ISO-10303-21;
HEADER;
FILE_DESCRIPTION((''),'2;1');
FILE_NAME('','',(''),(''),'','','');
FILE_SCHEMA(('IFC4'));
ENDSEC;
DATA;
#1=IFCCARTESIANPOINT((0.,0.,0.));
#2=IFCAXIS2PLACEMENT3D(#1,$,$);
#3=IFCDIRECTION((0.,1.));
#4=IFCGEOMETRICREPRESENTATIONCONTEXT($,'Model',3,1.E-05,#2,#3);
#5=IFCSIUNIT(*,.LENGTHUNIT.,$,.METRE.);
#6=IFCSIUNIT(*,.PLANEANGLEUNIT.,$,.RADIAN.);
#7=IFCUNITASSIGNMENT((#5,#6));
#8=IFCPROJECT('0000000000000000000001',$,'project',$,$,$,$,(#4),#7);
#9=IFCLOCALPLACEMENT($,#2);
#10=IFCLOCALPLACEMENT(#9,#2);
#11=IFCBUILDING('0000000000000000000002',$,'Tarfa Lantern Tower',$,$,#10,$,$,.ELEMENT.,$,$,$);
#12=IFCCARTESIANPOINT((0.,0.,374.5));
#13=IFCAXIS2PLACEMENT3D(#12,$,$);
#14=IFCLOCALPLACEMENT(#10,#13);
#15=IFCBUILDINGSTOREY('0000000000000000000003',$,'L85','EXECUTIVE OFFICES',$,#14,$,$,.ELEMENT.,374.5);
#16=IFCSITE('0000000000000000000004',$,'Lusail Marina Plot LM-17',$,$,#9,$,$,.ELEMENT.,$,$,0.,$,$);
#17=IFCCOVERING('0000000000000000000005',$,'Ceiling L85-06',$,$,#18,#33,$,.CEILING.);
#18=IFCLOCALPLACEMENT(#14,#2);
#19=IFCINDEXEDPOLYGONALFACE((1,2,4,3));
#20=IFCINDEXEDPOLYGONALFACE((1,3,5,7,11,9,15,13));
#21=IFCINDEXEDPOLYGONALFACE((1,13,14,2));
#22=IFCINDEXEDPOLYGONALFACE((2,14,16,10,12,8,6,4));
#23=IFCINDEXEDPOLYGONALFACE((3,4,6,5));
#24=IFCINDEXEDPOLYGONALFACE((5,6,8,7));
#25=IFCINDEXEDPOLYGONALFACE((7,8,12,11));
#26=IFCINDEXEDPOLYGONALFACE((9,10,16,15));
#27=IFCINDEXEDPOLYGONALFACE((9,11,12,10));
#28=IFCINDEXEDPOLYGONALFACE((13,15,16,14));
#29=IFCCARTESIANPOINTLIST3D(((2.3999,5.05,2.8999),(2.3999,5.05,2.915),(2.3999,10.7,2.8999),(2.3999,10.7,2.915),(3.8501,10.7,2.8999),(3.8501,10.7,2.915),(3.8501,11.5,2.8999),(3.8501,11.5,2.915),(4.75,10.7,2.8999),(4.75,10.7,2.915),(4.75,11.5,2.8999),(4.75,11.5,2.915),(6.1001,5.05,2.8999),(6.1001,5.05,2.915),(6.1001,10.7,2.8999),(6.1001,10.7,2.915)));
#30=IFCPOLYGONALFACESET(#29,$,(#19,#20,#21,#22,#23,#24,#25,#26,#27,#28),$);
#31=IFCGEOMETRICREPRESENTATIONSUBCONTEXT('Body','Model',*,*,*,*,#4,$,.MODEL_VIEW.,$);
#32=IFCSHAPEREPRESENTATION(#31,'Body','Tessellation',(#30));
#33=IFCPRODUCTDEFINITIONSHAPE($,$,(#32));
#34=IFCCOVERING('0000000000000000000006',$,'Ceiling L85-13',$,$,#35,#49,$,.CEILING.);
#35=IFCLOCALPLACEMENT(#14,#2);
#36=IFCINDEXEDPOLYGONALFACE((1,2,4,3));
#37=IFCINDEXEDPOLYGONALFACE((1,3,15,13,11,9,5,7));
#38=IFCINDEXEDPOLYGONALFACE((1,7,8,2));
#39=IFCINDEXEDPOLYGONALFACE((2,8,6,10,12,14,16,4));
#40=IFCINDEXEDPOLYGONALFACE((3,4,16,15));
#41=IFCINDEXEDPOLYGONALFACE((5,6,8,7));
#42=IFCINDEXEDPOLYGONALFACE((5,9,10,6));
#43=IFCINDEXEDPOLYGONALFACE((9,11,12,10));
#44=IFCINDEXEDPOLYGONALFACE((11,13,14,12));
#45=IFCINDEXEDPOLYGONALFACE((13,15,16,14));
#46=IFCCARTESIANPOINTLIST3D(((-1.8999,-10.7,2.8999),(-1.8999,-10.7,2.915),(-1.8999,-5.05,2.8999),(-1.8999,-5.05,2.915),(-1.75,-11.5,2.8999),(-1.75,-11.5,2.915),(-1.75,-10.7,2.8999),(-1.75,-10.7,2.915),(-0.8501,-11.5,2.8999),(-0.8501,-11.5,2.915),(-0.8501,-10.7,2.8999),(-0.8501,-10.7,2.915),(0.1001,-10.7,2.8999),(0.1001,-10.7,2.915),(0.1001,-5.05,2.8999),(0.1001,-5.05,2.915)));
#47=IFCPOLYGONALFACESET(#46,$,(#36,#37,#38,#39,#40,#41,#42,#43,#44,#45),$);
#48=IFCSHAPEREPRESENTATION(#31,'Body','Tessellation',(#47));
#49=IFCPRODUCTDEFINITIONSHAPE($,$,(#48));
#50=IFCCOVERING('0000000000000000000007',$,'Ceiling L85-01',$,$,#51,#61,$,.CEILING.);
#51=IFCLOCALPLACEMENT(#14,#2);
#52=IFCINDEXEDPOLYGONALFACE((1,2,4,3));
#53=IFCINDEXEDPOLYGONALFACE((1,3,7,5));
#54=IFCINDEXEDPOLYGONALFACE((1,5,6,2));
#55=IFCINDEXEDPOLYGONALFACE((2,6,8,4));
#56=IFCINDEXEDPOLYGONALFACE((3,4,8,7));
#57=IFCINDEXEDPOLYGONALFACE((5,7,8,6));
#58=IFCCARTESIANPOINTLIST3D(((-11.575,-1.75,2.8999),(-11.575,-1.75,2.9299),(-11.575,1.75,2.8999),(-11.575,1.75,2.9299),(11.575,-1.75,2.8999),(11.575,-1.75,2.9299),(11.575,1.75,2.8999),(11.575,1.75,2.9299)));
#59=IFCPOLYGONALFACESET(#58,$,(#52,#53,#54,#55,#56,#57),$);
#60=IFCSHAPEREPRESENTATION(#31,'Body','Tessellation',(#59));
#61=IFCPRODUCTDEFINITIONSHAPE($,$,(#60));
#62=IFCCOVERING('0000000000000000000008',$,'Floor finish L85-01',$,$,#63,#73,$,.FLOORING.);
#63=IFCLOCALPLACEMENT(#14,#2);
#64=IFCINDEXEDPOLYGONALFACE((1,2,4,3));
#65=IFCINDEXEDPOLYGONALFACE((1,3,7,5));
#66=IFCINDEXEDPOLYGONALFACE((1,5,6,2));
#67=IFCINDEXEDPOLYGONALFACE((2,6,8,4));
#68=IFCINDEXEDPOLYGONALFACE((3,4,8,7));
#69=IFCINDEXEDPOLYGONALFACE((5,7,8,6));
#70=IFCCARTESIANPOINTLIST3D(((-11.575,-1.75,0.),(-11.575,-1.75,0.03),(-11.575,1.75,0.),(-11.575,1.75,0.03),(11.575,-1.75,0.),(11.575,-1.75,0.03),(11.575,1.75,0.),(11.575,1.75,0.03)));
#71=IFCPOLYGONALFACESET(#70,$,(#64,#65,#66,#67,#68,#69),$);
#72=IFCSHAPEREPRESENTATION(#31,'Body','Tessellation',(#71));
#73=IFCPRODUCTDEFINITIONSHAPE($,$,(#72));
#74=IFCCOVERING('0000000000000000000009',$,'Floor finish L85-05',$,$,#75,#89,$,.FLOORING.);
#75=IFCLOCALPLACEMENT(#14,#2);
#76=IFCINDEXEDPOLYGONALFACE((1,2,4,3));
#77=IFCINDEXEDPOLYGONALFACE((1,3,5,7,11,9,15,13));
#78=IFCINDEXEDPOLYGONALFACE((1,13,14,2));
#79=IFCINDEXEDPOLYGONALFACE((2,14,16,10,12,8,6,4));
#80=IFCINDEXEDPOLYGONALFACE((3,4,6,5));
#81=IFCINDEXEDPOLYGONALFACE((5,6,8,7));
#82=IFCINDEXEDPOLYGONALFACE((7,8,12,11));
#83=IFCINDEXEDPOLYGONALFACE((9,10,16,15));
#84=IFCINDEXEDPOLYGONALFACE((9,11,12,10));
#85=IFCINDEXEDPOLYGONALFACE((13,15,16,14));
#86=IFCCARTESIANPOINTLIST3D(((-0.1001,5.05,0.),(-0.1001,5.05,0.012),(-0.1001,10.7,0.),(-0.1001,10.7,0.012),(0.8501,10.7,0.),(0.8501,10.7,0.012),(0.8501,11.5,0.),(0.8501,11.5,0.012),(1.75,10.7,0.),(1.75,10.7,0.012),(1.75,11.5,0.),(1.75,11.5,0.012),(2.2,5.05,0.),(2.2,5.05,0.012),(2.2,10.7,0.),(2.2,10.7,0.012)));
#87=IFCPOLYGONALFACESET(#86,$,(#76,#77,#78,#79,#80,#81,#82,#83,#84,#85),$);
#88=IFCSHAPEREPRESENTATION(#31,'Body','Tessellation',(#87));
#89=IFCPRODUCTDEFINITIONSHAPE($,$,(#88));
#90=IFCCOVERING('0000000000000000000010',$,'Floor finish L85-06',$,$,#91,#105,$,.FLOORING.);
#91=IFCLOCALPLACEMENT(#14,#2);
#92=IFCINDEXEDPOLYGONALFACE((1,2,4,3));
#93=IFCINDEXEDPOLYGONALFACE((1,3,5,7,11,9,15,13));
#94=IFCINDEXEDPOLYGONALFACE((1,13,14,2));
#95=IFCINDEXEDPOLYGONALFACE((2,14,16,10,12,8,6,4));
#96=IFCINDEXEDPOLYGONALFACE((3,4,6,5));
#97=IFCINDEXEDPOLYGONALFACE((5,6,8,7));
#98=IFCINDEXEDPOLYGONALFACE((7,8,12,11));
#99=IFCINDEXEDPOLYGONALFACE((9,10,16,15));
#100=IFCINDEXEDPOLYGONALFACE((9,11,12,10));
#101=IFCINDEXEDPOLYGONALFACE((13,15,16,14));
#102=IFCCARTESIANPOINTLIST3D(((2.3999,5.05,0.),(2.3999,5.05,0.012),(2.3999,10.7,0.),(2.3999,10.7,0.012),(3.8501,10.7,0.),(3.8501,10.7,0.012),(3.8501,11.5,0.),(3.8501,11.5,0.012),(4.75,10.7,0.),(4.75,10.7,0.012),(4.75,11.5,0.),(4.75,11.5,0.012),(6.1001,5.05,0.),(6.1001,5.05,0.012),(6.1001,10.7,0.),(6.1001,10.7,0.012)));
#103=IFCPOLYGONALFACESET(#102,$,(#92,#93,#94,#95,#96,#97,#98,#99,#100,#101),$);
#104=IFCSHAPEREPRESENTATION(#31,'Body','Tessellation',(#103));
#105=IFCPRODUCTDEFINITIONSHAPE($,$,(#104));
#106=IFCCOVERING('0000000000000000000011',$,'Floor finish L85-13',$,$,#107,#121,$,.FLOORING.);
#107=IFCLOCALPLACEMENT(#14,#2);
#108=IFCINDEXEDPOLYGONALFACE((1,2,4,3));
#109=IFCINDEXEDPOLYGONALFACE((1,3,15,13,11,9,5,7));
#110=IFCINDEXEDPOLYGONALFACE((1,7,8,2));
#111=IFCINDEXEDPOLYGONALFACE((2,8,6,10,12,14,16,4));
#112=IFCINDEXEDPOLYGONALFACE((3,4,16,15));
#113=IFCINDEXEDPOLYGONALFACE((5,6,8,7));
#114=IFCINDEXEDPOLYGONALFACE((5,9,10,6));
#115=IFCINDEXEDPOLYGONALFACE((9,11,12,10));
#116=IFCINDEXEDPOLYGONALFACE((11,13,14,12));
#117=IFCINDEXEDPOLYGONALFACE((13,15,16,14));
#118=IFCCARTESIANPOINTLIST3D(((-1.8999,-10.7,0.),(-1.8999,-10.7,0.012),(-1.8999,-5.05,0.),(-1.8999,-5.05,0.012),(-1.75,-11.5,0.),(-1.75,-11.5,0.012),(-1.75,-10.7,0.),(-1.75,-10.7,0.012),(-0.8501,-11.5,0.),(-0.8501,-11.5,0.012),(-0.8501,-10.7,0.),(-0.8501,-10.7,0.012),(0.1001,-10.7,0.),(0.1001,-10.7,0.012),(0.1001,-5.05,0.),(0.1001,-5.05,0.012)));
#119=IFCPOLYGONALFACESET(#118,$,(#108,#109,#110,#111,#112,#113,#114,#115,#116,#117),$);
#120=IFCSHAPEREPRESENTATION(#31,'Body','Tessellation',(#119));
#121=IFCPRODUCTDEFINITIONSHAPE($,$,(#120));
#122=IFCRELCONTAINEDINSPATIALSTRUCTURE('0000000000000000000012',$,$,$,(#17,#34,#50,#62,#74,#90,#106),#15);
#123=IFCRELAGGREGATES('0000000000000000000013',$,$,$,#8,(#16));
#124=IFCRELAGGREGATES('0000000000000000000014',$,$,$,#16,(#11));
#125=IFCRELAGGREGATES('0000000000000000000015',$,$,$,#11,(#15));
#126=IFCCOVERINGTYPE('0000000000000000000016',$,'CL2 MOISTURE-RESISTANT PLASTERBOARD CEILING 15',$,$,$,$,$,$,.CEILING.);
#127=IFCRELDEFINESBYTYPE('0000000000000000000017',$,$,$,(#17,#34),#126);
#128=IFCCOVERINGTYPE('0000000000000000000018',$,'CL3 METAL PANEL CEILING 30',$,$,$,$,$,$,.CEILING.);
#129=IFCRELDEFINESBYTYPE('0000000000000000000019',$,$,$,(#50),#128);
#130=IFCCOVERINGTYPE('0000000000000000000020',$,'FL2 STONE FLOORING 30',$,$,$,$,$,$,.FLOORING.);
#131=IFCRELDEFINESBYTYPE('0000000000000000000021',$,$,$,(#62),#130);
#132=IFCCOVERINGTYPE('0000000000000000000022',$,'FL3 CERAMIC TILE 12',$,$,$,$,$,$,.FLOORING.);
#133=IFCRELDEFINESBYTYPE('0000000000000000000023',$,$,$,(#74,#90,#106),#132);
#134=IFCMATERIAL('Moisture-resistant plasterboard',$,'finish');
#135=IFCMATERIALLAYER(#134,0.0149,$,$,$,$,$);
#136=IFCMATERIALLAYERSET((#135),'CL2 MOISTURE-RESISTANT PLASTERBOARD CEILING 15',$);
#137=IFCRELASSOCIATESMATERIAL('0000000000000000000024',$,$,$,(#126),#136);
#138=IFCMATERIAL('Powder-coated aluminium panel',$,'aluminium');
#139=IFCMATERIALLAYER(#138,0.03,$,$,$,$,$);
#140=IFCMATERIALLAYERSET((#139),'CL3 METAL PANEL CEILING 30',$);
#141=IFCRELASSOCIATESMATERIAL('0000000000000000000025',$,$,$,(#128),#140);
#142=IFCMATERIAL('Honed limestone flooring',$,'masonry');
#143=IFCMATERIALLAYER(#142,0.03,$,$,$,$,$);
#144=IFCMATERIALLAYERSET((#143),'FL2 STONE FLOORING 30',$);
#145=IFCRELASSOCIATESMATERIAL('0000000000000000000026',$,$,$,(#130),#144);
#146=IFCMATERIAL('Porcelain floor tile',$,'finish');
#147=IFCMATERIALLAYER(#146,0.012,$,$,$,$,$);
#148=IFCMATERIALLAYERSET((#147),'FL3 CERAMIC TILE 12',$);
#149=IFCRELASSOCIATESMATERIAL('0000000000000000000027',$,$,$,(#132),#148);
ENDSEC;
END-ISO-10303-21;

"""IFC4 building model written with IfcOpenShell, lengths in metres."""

from ifc_helpers import new_model, si_unit, direction, frame, origin, place, context, subcontext, project, spatial, polyline, outline, extrude, material, layer, layer_set, type_object, element, save


model = new_model("IFC4")

# Units and contexts
model_context = context("Model", 3, precision=1e-05, world=origin(), true_north=direction((0.0, 1.0)))
body_context = subcontext(model_context, "Body", "Model", "MODEL_VIEW")
ifc_project = project(units=[si_unit("LENGTHUNIT", "METRE"), si_unit("PLANEANGLEUNIT", "RADIAN")], contexts=[model_context])

# Site, building, storey
site_placement = place(None, origin())
site = spatial("IfcSite", under=ifc_project, at=site_placement, Name="Lusail Marina Plot LM-17", CompositionType="ELEMENT", RefElevation=0.0)
building_placement = place(site_placement, origin())
building = spatial("IfcBuilding", under=site, at=building_placement, Name="Tarfa Lantern Tower", CompositionType="ELEMENT")
storey_placement = place(building_placement, frame((0.0, 0.0, 374.5)))
storey = spatial("IfcBuildingStorey", under=building, at=storey_placement, Name="L85", Description="EXECUTIVE OFFICES", CompositionType="ELEMENT", Elevation=374.5)

# Coverings
ifc_material_1 = material(Name="Moisture-resistant plasterboard", Category="finish")
ifc_layer_1 = layer(ifc_material_1, 0.0149)
ifc_layer_set_1 = layer_set([ifc_layer_1], Name="CL2 MOISTURE-RESISTANT PLASTERBOARD CEILING 15")
covering_type_1 = type_object("IfcCoveringType", Name="CL2 MOISTURE-RESISTANT PLASTERBOARD CEILING 15", PredefinedType="CEILING", material=ifc_layer_set_1)
covering_1_placement = place(storey_placement, frame((0.0, 0.0, 2.8999)))
element("IfcCovering", 1, at=covering_1_placement, inside=storey, type_object=covering_type_1, Name="Ceiling L85-06", PredefinedType="CEILING", context=body_context, shape_type="SweptSolid", body=[
    extrude(outline(polyline([(2.3999, 5.05), (6.1001, 5.05), (6.1001, 10.7), (4.75, 10.7), (4.75, 11.5), (3.8501, 11.5), (3.8501, 10.7), (2.3999, 10.7), (2.3999, 5.05)])), origin(), (0.0, 0.0, 1.0), 0.0151),
])
covering_2_placement = place(storey_placement, frame((0.0, 0.0, 2.8999)))
element("IfcCovering", 2, at=covering_2_placement, inside=storey, type_object=covering_type_1, Name="Ceiling L85-13", PredefinedType="CEILING", context=body_context, shape_type="SweptSolid", body=[
    extrude(outline(polyline([(-0.8501, -10.7), (0.1001, -10.7), (0.1001, -5.05), (-1.8999, -5.05), (-1.8999, -10.7), (-1.75, -10.7), (-1.75, -11.5), (-1.75, -11.5), (-0.8501, -11.5), (-0.8501, -10.7)])), origin(), (0.0, 0.0, 1.0), 0.0151),
])
ifc_material_2 = material(Name="Powder-coated aluminium panel", Category="aluminium")
ifc_layer_2 = layer(ifc_material_2, 0.03)
ifc_layer_set_2 = layer_set([ifc_layer_2], Name="CL3 METAL PANEL CEILING 30")
covering_type_2 = type_object("IfcCoveringType", Name="CL3 METAL PANEL CEILING 30", PredefinedType="CEILING", material=ifc_layer_set_2)
covering_3_placement = place(storey_placement, frame((0.0, 0.0, 2.8999)))
element("IfcCovering", 3, at=covering_3_placement, inside=storey, type_object=covering_type_2, Name="Ceiling L85-01", PredefinedType="CEILING", context=body_context, shape_type="SweptSolid", body=[
    extrude(outline(polyline([(-11.575, -1.75), (11.575, -1.75), (11.575, 1.75), (-11.575, 1.75), (-11.575, -1.75)])), origin(), (0.0, 0.0, 1.0), 0.03),
])
ifc_material_3 = material(Name="Honed limestone flooring", Category="masonry")
ifc_layer_3 = layer(ifc_material_3, 0.03)
ifc_layer_set_3 = layer_set([ifc_layer_3], Name="FL2 STONE FLOORING 30")
covering_type_3 = type_object("IfcCoveringType", Name="FL2 STONE FLOORING 30", PredefinedType="FLOORING", material=ifc_layer_set_3)
covering_4_placement = place(storey_placement, origin())
element("IfcCovering", 4, at=covering_4_placement, inside=storey, type_object=covering_type_3, Name="Floor finish L85-01", PredefinedType="FLOORING", context=body_context, shape_type="SweptSolid", body=[
    extrude(outline(polyline([(-11.575, -1.75), (11.575, -1.75), (11.575, 1.75), (-11.575, 1.75), (-11.575, -1.75)])), origin(), (0.0, 0.0, 1.0), 0.03),
])
ifc_material_4 = material(Name="Porcelain floor tile", Category="finish")
ifc_layer_4 = layer(ifc_material_4, 0.012)
ifc_layer_set_4 = layer_set([ifc_layer_4], Name="FL3 CERAMIC TILE 12")
covering_type_4 = type_object("IfcCoveringType", Name="FL3 CERAMIC TILE 12", PredefinedType="FLOORING", material=ifc_layer_set_4)
covering_5_placement = place(storey_placement, origin())
element("IfcCovering", 5, at=covering_5_placement, inside=storey, type_object=covering_type_4, Name="Floor finish L85-05", PredefinedType="FLOORING", context=body_context, shape_type="SweptSolid", body=[
    extrude(outline(polyline([(0.8501, 10.7), (-0.1001, 10.7), (-0.1001, 5.05), (2.2, 5.05), (2.2, 10.7), (1.75, 10.7), (1.75, 11.5), (0.8501, 11.5), (0.8501, 10.7)])), origin(), (0.0, 0.0, 1.0), 0.012),
])
covering_6_placement = place(storey_placement, origin())
element("IfcCovering", 6, at=covering_6_placement, inside=storey, type_object=covering_type_4, Name="Floor finish L85-06", PredefinedType="FLOORING", context=body_context, shape_type="SweptSolid", body=[
    extrude(outline(polyline([(2.3999, 5.05), (6.1001, 5.05), (6.1001, 10.7), (4.75, 10.7), (4.75, 11.5), (3.8501, 11.5), (3.8501, 10.7), (2.3999, 10.7), (2.3999, 5.05)])), origin(), (0.0, 0.0, 1.0), 0.012),
])
covering_7_placement = place(storey_placement, origin())
element("IfcCovering", 7, at=covering_7_placement, inside=storey, type_object=covering_type_4, Name="Floor finish L85-13", PredefinedType="FLOORING", context=body_context, shape_type="SweptSolid", body=[
    extrude(outline(polyline([(-0.8501, -10.7), (0.1001, -10.7), (0.1001, -5.05), (-1.8999, -5.05), (-1.8999, -10.7), (-1.75, -10.7), (-1.75, -11.5), (-1.75, -11.5), (-0.8501, -11.5), (-0.8501, -10.7)])), origin(), (0.0, 0.0, 1.0), 0.012),
])

save(model, "model.ifc")
